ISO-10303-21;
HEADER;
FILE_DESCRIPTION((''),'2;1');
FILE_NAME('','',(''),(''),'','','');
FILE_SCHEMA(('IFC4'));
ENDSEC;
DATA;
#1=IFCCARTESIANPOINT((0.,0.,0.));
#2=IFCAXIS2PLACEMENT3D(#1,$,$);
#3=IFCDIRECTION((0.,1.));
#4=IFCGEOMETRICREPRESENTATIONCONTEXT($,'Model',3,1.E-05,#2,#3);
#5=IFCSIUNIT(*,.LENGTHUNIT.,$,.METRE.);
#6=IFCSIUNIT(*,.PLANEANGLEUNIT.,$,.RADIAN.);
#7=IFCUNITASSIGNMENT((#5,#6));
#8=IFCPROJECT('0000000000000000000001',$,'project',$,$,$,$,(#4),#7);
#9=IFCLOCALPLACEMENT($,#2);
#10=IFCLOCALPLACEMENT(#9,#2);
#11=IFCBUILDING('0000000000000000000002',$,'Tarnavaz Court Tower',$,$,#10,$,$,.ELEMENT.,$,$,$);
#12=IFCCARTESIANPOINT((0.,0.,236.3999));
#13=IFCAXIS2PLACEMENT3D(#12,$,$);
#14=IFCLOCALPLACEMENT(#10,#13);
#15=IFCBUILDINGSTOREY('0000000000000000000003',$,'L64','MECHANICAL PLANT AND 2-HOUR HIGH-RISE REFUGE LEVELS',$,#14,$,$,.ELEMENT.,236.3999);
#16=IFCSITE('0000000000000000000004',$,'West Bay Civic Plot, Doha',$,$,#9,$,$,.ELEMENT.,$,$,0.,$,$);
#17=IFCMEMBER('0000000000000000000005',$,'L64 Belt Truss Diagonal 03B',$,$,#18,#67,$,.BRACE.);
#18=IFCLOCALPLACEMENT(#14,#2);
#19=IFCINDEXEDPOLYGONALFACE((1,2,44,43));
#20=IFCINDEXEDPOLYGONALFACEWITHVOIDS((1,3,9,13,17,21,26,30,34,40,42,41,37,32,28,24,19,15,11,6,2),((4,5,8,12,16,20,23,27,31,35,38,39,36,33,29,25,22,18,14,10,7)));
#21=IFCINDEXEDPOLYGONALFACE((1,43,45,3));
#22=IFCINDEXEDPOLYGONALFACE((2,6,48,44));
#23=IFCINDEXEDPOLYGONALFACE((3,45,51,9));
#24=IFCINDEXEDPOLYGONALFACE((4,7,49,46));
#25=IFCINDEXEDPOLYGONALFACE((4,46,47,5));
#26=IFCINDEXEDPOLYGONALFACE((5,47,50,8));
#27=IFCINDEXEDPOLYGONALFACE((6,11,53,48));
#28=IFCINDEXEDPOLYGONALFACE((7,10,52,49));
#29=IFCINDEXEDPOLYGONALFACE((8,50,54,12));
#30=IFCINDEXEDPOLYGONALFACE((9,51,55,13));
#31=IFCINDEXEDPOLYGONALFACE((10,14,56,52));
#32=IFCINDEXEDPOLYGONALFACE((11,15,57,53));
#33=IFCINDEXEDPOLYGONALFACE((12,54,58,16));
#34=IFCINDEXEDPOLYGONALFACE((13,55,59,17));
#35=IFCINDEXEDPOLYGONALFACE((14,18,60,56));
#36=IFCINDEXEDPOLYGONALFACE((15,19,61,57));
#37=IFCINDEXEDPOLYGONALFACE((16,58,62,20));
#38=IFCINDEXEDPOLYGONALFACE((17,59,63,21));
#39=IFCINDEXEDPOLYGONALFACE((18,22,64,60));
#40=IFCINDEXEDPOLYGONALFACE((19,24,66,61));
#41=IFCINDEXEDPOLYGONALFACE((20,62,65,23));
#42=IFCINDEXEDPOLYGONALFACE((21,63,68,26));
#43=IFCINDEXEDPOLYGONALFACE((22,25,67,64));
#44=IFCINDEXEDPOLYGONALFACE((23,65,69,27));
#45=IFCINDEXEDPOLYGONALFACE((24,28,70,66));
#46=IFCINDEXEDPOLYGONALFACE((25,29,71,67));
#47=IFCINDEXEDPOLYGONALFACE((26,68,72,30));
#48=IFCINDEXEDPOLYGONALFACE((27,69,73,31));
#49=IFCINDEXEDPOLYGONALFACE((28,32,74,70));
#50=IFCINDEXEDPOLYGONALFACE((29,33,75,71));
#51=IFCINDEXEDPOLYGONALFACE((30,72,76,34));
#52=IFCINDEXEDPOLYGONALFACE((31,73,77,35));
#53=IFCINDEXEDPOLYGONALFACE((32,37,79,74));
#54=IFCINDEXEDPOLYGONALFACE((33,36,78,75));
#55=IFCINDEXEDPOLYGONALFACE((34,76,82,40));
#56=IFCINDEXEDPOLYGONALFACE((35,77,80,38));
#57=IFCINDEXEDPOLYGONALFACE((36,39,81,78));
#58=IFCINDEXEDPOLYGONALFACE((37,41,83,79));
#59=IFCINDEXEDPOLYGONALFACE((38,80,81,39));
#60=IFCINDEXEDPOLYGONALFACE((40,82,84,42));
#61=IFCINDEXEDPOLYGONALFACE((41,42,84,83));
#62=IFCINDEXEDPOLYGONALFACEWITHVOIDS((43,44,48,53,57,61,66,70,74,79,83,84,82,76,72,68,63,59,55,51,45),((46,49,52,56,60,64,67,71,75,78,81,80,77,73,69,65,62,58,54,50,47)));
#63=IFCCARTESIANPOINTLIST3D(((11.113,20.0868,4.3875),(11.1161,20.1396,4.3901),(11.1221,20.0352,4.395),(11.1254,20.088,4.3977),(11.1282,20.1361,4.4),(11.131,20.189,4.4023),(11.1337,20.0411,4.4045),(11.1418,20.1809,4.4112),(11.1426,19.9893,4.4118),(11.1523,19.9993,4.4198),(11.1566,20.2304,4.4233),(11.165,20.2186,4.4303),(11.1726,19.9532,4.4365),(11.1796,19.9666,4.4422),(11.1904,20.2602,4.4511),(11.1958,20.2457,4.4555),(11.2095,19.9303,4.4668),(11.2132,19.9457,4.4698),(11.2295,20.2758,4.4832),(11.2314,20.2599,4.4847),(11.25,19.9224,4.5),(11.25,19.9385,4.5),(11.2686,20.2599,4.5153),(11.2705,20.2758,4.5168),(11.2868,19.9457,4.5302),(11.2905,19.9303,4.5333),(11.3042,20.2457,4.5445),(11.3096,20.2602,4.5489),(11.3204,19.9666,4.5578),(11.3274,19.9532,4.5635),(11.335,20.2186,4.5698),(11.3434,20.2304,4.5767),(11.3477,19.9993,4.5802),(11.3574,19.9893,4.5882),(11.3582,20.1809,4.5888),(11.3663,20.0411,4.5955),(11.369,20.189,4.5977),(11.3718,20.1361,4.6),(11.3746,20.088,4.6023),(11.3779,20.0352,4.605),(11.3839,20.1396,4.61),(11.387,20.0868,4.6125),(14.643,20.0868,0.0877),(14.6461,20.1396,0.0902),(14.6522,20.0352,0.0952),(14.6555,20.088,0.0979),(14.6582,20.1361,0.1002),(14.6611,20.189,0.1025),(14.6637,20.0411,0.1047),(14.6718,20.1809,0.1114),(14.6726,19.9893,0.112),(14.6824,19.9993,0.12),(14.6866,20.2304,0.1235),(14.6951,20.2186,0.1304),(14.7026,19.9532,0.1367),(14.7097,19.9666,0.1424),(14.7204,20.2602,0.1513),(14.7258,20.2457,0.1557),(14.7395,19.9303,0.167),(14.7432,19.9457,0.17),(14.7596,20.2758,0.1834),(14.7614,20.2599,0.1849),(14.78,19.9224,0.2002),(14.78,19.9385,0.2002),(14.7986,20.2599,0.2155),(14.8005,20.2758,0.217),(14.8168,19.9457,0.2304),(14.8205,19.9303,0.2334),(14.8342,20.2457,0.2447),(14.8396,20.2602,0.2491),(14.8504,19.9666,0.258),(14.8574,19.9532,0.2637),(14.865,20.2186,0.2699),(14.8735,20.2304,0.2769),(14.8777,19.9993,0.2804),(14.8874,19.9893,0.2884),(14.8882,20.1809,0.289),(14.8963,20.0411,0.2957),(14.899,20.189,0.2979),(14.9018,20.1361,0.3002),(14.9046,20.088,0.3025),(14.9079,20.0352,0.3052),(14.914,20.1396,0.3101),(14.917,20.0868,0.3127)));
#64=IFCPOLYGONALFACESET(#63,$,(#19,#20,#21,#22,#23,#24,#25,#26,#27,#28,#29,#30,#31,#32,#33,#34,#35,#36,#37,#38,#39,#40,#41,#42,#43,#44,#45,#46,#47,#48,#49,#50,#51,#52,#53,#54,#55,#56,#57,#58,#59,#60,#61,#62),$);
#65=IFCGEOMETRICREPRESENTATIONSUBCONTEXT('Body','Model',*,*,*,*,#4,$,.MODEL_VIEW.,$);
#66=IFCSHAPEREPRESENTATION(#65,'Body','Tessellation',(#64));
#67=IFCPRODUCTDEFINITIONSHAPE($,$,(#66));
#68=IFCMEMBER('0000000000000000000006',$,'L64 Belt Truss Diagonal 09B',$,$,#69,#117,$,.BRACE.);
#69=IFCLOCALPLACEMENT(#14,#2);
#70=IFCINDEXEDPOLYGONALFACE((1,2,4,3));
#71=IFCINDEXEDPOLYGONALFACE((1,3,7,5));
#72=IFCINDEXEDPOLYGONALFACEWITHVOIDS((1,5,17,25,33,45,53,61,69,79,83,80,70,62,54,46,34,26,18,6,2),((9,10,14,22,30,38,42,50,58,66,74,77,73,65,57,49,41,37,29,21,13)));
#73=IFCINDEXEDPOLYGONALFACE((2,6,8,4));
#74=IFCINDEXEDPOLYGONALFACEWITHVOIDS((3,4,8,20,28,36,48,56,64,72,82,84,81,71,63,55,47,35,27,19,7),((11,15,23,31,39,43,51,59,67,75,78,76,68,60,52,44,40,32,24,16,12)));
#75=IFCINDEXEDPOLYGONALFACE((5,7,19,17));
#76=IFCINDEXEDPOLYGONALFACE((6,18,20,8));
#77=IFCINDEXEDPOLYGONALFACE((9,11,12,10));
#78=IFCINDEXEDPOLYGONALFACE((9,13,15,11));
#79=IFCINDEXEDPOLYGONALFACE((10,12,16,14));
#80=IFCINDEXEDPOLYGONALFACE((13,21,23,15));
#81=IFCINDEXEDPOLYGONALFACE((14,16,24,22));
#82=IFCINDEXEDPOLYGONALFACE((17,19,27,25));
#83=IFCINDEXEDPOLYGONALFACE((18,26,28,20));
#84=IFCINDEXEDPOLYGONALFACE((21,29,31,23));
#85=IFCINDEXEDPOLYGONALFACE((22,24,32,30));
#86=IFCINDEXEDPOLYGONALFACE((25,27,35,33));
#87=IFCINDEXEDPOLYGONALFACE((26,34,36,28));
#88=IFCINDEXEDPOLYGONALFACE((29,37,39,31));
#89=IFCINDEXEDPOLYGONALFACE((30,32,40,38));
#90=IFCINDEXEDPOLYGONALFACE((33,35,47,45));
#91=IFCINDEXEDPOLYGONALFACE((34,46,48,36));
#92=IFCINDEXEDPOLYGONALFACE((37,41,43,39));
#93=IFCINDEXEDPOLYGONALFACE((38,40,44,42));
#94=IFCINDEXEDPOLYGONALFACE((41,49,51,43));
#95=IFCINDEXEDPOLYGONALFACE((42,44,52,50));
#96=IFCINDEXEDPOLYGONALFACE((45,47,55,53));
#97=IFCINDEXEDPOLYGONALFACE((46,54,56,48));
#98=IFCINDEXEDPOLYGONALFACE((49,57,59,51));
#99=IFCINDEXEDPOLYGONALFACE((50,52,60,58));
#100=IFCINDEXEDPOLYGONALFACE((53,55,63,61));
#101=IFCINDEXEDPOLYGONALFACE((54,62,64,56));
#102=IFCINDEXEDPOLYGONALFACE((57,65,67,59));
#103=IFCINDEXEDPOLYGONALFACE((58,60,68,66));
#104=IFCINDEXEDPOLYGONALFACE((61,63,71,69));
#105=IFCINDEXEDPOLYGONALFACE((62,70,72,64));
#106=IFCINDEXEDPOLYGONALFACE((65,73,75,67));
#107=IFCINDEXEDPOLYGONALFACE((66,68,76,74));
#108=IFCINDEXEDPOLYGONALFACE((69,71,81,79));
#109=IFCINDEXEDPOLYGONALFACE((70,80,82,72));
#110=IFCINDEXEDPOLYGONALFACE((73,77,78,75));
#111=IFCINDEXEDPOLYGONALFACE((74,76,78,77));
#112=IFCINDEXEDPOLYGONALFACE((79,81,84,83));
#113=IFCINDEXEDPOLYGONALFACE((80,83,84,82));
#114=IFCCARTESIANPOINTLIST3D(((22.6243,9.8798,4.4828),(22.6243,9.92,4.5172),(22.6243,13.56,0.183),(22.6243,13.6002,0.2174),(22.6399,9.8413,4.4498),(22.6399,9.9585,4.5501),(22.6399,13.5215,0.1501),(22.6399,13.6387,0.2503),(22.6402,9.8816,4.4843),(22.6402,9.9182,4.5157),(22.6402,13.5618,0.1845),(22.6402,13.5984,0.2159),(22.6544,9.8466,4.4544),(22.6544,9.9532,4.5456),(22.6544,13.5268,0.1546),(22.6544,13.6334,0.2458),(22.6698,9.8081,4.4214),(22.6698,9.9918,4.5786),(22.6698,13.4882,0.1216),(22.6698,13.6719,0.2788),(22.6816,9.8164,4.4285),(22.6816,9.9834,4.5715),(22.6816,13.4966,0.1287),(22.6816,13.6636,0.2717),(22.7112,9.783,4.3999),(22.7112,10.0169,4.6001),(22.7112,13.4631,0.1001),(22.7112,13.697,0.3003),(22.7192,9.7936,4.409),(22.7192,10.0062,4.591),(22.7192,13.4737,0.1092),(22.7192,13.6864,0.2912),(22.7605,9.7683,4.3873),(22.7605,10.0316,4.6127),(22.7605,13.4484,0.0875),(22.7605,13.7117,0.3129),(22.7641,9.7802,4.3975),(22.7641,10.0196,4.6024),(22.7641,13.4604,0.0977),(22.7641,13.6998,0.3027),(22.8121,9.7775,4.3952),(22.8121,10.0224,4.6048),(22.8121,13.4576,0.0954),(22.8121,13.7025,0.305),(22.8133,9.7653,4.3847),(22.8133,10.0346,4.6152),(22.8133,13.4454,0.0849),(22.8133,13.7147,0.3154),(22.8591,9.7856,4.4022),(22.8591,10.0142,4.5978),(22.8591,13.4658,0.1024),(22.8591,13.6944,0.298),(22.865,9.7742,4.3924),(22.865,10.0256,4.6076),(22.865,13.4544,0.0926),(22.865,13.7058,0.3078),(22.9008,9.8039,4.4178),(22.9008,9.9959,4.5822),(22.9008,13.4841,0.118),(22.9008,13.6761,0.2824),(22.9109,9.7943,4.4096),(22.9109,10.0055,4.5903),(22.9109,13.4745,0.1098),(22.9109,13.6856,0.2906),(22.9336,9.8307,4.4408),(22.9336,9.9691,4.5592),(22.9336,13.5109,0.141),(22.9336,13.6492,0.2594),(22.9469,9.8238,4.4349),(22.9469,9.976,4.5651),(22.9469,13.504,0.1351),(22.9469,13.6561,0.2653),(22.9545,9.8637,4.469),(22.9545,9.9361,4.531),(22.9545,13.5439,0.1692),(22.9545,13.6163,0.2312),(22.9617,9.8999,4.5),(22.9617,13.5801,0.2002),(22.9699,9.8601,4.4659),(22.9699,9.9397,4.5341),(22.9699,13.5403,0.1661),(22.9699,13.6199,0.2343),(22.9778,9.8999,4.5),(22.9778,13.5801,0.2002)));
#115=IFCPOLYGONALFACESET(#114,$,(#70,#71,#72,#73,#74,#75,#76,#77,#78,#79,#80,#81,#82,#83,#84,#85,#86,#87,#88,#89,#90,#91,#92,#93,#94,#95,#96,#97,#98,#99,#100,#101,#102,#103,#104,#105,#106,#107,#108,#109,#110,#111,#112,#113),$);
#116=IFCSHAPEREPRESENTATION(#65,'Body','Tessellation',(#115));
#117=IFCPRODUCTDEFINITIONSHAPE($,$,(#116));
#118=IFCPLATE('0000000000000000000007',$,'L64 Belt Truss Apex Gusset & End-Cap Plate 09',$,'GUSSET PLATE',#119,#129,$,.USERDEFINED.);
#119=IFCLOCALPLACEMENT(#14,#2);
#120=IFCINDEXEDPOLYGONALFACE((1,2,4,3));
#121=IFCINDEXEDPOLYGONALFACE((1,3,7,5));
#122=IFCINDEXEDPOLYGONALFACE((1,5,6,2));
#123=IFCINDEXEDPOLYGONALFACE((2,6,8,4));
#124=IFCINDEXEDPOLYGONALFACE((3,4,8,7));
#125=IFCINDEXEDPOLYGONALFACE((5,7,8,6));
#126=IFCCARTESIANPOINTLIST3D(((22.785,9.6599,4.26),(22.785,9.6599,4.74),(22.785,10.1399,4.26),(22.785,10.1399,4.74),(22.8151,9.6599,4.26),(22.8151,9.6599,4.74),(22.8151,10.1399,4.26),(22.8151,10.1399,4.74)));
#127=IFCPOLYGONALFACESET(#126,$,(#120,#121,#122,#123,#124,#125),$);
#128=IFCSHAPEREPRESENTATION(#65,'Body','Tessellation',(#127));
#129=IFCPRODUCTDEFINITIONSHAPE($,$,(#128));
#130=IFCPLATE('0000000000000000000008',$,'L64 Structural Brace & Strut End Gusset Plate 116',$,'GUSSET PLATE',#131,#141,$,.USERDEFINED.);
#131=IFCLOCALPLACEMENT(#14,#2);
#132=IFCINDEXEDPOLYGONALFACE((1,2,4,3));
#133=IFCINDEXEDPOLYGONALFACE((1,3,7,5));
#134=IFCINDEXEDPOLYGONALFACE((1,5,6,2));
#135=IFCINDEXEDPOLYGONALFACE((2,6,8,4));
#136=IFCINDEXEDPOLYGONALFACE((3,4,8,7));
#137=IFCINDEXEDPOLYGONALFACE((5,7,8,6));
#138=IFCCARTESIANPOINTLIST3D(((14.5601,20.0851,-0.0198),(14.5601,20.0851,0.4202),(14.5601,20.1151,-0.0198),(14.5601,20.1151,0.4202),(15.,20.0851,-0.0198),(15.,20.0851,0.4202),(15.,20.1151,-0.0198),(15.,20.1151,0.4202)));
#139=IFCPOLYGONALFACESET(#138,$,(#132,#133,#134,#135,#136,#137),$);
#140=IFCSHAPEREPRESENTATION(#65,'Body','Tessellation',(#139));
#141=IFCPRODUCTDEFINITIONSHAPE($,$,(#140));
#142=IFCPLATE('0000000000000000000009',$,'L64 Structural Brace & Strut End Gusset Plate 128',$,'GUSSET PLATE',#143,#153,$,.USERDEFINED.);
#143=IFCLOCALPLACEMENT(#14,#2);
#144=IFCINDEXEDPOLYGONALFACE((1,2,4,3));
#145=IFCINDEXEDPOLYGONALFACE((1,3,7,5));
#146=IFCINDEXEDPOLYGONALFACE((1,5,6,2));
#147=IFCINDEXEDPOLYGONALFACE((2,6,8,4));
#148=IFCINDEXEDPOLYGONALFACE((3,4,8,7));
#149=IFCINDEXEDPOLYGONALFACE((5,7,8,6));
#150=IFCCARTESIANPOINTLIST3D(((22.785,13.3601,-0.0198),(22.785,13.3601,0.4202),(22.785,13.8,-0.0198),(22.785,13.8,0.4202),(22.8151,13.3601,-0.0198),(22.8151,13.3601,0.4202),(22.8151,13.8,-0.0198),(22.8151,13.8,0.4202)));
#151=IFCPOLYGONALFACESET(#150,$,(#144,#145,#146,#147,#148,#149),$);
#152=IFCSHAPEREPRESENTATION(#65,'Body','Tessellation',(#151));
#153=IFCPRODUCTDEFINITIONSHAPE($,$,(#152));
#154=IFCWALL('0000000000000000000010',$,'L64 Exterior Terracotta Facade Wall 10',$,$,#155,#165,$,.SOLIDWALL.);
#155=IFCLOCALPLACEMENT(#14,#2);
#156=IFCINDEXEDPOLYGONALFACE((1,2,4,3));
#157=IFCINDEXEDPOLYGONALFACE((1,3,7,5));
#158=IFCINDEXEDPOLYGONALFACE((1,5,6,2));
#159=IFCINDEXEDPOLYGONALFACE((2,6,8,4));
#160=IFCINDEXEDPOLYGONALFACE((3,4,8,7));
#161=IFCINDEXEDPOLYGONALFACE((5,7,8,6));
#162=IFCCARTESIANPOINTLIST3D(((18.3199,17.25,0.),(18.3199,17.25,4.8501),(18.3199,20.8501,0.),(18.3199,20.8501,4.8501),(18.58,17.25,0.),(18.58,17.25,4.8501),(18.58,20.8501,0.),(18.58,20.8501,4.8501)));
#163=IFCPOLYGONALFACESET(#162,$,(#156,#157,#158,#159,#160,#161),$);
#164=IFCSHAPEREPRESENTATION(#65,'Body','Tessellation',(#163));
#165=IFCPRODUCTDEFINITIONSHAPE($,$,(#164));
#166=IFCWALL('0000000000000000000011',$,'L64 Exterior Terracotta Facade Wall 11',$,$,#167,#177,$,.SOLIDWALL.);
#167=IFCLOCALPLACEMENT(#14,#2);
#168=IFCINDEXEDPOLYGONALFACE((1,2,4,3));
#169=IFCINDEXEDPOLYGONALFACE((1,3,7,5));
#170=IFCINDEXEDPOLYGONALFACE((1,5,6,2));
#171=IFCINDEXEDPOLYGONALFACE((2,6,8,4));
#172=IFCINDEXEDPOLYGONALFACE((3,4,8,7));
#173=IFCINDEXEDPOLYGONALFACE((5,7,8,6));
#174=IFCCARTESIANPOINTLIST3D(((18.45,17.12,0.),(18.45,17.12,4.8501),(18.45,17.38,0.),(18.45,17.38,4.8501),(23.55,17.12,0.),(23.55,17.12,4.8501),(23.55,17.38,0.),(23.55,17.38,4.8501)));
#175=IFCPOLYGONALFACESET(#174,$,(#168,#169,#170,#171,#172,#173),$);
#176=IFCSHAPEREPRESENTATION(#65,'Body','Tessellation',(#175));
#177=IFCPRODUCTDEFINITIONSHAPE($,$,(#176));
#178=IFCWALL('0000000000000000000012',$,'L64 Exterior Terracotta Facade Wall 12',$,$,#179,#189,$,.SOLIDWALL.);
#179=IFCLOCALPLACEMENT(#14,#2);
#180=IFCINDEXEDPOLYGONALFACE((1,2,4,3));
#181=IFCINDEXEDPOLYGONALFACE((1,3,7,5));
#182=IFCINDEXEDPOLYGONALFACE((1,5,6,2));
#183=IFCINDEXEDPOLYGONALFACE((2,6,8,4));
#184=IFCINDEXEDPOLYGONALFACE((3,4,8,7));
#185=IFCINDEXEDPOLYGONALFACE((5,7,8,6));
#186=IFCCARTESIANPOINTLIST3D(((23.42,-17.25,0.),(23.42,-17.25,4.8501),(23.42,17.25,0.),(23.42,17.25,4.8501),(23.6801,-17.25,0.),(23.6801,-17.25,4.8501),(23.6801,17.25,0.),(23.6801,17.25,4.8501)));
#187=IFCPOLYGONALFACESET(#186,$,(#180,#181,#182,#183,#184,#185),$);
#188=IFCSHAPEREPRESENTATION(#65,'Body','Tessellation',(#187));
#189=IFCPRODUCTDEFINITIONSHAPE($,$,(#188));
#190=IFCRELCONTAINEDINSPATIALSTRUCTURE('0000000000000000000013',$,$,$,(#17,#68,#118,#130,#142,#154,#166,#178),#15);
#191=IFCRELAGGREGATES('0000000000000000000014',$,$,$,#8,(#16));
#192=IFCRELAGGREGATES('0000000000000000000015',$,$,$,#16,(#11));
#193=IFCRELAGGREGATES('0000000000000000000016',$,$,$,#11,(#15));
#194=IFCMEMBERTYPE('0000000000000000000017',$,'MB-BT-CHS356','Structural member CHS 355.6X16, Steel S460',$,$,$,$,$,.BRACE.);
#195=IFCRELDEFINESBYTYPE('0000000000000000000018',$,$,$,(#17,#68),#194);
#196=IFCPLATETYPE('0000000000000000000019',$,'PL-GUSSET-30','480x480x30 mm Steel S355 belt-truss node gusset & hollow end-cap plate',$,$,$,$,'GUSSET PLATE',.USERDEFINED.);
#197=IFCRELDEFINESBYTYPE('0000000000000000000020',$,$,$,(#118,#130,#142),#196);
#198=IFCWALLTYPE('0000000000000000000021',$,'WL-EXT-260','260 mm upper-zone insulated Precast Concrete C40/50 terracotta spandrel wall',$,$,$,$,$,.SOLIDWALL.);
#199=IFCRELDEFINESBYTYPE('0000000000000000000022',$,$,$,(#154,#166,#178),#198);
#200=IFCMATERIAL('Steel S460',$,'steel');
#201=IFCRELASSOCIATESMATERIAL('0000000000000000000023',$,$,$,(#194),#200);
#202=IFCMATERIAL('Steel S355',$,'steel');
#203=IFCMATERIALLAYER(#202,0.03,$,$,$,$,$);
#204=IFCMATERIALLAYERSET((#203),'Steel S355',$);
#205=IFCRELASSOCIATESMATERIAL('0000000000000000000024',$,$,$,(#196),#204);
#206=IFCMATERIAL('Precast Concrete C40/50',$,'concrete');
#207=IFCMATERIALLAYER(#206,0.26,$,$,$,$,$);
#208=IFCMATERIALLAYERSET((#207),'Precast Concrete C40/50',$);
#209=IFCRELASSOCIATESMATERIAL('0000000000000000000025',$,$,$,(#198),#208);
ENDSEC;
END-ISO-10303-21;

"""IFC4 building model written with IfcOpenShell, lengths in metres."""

from ifc_helpers import new_model, si_unit, direction, frame, frame_2d, origin, origin_2d, place, context, subcontext, project, spatial, rectangle, hollow_circle, extrude, material, layer, layer_set, material_profile, profile_set, type_object, element, save


model = new_model("IFC4")

# Units and contexts
model_context = context("Model", 3, precision=1e-05, world=origin(), true_north=direction((0.0, 1.0)))
body_context = subcontext(model_context, "Body", "Model", "MODEL_VIEW")
ifc_project = project(units=[si_unit("LENGTHUNIT", "METRE"), si_unit("PLANEANGLEUNIT", "RADIAN")], contexts=[model_context])

# Site, building, storey
site_placement = place(None, origin())
site = spatial("IfcSite", under=ifc_project, at=site_placement, Name="West Bay Civic Plot, Doha", CompositionType="ELEMENT", RefElevation=0.0)
building_placement = place(site_placement, origin())
building = spatial("IfcBuilding", under=site, at=building_placement, Name="Tarnavaz Court Tower", CompositionType="ELEMENT")
storey_placement = place(building_placement, frame((0.0, 0.0, 236.3999)))
storey = spatial("IfcBuildingStorey", under=building, at=storey_placement, Name="L64", Description="MECHANICAL PLANT AND 2-HOUR HIGH-RISE REFUGE LEVELS", CompositionType="ELEMENT", Elevation=236.3999)

# Shared definitions
ifc_material_1 = material(Name="Steel S460", Category="steel")

# Members
ifc_material_profile_1 = material_profile(ifc_material_1, hollow_circle(Radius=0.1777, WallThickness=0.0161, at=origin_2d()), Name="CHS 355.6X16")
ifc_profile_set_1 = profile_set([ifc_material_profile_1], Name="Steel S460")
member_type = type_object("IfcMemberType", Name="MB-BT-CHS356", Description="Structural member CHS 355.6X16, Steel S460", PredefinedType="BRACE", material=ifc_profile_set_1)
member_1_placement = place(storey_placement, frame((14.78, 20.1001, 0.2002), z_axis=(-0.63453, 0.0, 0.772898), x_axis=(0.0, -1.0, 0.0)))
element("IfcMember", 1, at=member_1_placement, inside=storey, type_object=member_type, Name="L64 Belt Truss Diagonal 03B", PredefinedType="BRACE", context=body_context, shape_type="SweptSolid", body=[
    extrude(hollow_circle(Radius=0.1777, WallThickness=0.0161, at=origin_2d()), origin(), (0.0, 0.0, 1.0), 5.5632),
])
member_2_placement = place(storey_placement, frame((22.8, 13.5801, 0.2002), z_axis=(0.0, -0.650244, 0.759725), x_axis=(1.0, 0.0, 0.0)))
element("IfcMember", 2, at=member_2_placement, inside=storey, type_object=member_type, Name="L64 Belt Truss Diagonal 09B", PredefinedType="BRACE", context=body_context, shape_type="SweptSolid", body=[
    extrude(hollow_circle(Radius=0.1777, WallThickness=0.0161, at=origin_2d()), origin(), (0.0, 0.0, 1.0), 5.6597),
])

# Plates
ifc_material_2 = material(Name="Steel S355", Category="steel")
ifc_layer_1 = layer(ifc_material_2, 0.03)
ifc_layer_set_1 = layer_set([ifc_layer_1], Name="Steel S355")
plate_type = type_object("IfcPlateType", Name="PL-GUSSET-30", Description="480x480x30 mm Steel S355 belt-truss node gusset & hollow end-cap plate", ElementType="GUSSET PLATE", PredefinedType="USERDEFINED", material=ifc_layer_set_1)
plate_placement = place(storey_placement, frame((22.8, 9.8999, 4.26), z_axis=(0.0, 0.0, 1.0), x_axis=(0.0, 1.0, 0.0)))
element("IfcPlate", 3, at=plate_placement, inside=storey, type_object=plate_type, Name="L64 Belt Truss Apex Gusset & End-Cap Plate 09", ObjectType="GUSSET PLATE", PredefinedType="USERDEFINED", context=body_context, shape_type="SweptSolid", body=[
    extrude(rectangle(XDim=0.48, YDim=0.03, at=origin_2d()), origin(), (0.0, 0.0, 1.0), 0.48),
])
for number, where, z_axis, x_axis, name in (
    (4, (14.78, 20.1001, -0.0198), (0.0, 0.0, 1.0), (1.0, 0.0, 0.0), "L64 Structural Brace & Strut End Gusset Plate 116"),
    (5, (22.8, 13.5801, -0.0198), (0.0, 0.0, 1.0), (0.0, 1.0, 0.0), "L64 Structural Brace & Strut End Gusset Plate 128"),
):
    element("IfcPlate", number, at=place(storey_placement, frame(where, z_axis=z_axis, x_axis=x_axis)), inside=storey, type_object=plate_type, Name=name, ObjectType="GUSSET PLATE", PredefinedType="USERDEFINED", context=body_context, shape_type="SweptSolid", body=[
        extrude(rectangle(XDim=0.4399, YDim=0.03, at=origin_2d()), origin(), (0.0, 0.0, 1.0), 0.4399),
    ])

# Walls
ifc_material_3 = material(Name="Precast Concrete C40/50", Category="concrete")
ifc_layer_2 = layer(ifc_material_3, 0.26)
ifc_layer_set_2 = layer_set([ifc_layer_2], Name="Precast Concrete C40/50")
wall_type_1 = type_object("IfcWallType", Name="WL-EXT-260", Description="260 mm upper-zone insulated Precast Concrete C40/50 terracotta spandrel wall", PredefinedType="SOLIDWALL", material=ifc_layer_set_2)
wall_1_placement = place(storey_placement, frame((18.45, 20.8501, 0.0), z_axis=(0.0, 0.0, 1.0), x_axis=(0.0, -1.0, 0.0)))
element("IfcWall", 6, at=wall_1_placement, inside=storey, type_object=wall_type_1, Name="L64 Exterior Terracotta Facade Wall 10", PredefinedType="SOLIDWALL", context=body_context, shape_type="SweptSolid", body=[
    extrude(rectangle(XDim=3.6001, YDim=0.26, at=frame_2d((1.8, 0.0))), origin(), (0.0, 0.0, 1.0), 4.8501),
])
wall_2_placement = place(storey_placement, frame((18.45, 17.25, 0.0), z_axis=(0.0, 0.0, 1.0), x_axis=(1.0, 0.0, 0.0)))
element("IfcWall", 7, at=wall_2_placement, inside=storey, type_object=wall_type_1, Name="L64 Exterior Terracotta Facade Wall 11", PredefinedType="SOLIDWALL", context=body_context, shape_type="SweptSolid", body=[
    extrude(rectangle(XDim=5.1001, YDim=0.26, at=frame_2d((2.55, 0.0))), origin(), (0.0, 0.0, 1.0), 4.8501),
])
wall_3_placement = place(storey_placement, frame((23.55, 17.25, 0.0), z_axis=(0.0, 0.0, 1.0), x_axis=(0.0, -1.0, 0.0)))
element("IfcWall", 8, at=wall_3_placement, inside=storey, type_object=wall_type_1, Name="L64 Exterior Terracotta Facade Wall 12", PredefinedType="SOLIDWALL", context=body_context, shape_type="SweptSolid", body=[
    extrude(rectangle(XDim=34.5, YDim=0.26, at=frame_2d((17.25, 0.0))), origin(), (0.0, 0.0, 1.0), 4.8501),
])

save(model, "model.ifc")
